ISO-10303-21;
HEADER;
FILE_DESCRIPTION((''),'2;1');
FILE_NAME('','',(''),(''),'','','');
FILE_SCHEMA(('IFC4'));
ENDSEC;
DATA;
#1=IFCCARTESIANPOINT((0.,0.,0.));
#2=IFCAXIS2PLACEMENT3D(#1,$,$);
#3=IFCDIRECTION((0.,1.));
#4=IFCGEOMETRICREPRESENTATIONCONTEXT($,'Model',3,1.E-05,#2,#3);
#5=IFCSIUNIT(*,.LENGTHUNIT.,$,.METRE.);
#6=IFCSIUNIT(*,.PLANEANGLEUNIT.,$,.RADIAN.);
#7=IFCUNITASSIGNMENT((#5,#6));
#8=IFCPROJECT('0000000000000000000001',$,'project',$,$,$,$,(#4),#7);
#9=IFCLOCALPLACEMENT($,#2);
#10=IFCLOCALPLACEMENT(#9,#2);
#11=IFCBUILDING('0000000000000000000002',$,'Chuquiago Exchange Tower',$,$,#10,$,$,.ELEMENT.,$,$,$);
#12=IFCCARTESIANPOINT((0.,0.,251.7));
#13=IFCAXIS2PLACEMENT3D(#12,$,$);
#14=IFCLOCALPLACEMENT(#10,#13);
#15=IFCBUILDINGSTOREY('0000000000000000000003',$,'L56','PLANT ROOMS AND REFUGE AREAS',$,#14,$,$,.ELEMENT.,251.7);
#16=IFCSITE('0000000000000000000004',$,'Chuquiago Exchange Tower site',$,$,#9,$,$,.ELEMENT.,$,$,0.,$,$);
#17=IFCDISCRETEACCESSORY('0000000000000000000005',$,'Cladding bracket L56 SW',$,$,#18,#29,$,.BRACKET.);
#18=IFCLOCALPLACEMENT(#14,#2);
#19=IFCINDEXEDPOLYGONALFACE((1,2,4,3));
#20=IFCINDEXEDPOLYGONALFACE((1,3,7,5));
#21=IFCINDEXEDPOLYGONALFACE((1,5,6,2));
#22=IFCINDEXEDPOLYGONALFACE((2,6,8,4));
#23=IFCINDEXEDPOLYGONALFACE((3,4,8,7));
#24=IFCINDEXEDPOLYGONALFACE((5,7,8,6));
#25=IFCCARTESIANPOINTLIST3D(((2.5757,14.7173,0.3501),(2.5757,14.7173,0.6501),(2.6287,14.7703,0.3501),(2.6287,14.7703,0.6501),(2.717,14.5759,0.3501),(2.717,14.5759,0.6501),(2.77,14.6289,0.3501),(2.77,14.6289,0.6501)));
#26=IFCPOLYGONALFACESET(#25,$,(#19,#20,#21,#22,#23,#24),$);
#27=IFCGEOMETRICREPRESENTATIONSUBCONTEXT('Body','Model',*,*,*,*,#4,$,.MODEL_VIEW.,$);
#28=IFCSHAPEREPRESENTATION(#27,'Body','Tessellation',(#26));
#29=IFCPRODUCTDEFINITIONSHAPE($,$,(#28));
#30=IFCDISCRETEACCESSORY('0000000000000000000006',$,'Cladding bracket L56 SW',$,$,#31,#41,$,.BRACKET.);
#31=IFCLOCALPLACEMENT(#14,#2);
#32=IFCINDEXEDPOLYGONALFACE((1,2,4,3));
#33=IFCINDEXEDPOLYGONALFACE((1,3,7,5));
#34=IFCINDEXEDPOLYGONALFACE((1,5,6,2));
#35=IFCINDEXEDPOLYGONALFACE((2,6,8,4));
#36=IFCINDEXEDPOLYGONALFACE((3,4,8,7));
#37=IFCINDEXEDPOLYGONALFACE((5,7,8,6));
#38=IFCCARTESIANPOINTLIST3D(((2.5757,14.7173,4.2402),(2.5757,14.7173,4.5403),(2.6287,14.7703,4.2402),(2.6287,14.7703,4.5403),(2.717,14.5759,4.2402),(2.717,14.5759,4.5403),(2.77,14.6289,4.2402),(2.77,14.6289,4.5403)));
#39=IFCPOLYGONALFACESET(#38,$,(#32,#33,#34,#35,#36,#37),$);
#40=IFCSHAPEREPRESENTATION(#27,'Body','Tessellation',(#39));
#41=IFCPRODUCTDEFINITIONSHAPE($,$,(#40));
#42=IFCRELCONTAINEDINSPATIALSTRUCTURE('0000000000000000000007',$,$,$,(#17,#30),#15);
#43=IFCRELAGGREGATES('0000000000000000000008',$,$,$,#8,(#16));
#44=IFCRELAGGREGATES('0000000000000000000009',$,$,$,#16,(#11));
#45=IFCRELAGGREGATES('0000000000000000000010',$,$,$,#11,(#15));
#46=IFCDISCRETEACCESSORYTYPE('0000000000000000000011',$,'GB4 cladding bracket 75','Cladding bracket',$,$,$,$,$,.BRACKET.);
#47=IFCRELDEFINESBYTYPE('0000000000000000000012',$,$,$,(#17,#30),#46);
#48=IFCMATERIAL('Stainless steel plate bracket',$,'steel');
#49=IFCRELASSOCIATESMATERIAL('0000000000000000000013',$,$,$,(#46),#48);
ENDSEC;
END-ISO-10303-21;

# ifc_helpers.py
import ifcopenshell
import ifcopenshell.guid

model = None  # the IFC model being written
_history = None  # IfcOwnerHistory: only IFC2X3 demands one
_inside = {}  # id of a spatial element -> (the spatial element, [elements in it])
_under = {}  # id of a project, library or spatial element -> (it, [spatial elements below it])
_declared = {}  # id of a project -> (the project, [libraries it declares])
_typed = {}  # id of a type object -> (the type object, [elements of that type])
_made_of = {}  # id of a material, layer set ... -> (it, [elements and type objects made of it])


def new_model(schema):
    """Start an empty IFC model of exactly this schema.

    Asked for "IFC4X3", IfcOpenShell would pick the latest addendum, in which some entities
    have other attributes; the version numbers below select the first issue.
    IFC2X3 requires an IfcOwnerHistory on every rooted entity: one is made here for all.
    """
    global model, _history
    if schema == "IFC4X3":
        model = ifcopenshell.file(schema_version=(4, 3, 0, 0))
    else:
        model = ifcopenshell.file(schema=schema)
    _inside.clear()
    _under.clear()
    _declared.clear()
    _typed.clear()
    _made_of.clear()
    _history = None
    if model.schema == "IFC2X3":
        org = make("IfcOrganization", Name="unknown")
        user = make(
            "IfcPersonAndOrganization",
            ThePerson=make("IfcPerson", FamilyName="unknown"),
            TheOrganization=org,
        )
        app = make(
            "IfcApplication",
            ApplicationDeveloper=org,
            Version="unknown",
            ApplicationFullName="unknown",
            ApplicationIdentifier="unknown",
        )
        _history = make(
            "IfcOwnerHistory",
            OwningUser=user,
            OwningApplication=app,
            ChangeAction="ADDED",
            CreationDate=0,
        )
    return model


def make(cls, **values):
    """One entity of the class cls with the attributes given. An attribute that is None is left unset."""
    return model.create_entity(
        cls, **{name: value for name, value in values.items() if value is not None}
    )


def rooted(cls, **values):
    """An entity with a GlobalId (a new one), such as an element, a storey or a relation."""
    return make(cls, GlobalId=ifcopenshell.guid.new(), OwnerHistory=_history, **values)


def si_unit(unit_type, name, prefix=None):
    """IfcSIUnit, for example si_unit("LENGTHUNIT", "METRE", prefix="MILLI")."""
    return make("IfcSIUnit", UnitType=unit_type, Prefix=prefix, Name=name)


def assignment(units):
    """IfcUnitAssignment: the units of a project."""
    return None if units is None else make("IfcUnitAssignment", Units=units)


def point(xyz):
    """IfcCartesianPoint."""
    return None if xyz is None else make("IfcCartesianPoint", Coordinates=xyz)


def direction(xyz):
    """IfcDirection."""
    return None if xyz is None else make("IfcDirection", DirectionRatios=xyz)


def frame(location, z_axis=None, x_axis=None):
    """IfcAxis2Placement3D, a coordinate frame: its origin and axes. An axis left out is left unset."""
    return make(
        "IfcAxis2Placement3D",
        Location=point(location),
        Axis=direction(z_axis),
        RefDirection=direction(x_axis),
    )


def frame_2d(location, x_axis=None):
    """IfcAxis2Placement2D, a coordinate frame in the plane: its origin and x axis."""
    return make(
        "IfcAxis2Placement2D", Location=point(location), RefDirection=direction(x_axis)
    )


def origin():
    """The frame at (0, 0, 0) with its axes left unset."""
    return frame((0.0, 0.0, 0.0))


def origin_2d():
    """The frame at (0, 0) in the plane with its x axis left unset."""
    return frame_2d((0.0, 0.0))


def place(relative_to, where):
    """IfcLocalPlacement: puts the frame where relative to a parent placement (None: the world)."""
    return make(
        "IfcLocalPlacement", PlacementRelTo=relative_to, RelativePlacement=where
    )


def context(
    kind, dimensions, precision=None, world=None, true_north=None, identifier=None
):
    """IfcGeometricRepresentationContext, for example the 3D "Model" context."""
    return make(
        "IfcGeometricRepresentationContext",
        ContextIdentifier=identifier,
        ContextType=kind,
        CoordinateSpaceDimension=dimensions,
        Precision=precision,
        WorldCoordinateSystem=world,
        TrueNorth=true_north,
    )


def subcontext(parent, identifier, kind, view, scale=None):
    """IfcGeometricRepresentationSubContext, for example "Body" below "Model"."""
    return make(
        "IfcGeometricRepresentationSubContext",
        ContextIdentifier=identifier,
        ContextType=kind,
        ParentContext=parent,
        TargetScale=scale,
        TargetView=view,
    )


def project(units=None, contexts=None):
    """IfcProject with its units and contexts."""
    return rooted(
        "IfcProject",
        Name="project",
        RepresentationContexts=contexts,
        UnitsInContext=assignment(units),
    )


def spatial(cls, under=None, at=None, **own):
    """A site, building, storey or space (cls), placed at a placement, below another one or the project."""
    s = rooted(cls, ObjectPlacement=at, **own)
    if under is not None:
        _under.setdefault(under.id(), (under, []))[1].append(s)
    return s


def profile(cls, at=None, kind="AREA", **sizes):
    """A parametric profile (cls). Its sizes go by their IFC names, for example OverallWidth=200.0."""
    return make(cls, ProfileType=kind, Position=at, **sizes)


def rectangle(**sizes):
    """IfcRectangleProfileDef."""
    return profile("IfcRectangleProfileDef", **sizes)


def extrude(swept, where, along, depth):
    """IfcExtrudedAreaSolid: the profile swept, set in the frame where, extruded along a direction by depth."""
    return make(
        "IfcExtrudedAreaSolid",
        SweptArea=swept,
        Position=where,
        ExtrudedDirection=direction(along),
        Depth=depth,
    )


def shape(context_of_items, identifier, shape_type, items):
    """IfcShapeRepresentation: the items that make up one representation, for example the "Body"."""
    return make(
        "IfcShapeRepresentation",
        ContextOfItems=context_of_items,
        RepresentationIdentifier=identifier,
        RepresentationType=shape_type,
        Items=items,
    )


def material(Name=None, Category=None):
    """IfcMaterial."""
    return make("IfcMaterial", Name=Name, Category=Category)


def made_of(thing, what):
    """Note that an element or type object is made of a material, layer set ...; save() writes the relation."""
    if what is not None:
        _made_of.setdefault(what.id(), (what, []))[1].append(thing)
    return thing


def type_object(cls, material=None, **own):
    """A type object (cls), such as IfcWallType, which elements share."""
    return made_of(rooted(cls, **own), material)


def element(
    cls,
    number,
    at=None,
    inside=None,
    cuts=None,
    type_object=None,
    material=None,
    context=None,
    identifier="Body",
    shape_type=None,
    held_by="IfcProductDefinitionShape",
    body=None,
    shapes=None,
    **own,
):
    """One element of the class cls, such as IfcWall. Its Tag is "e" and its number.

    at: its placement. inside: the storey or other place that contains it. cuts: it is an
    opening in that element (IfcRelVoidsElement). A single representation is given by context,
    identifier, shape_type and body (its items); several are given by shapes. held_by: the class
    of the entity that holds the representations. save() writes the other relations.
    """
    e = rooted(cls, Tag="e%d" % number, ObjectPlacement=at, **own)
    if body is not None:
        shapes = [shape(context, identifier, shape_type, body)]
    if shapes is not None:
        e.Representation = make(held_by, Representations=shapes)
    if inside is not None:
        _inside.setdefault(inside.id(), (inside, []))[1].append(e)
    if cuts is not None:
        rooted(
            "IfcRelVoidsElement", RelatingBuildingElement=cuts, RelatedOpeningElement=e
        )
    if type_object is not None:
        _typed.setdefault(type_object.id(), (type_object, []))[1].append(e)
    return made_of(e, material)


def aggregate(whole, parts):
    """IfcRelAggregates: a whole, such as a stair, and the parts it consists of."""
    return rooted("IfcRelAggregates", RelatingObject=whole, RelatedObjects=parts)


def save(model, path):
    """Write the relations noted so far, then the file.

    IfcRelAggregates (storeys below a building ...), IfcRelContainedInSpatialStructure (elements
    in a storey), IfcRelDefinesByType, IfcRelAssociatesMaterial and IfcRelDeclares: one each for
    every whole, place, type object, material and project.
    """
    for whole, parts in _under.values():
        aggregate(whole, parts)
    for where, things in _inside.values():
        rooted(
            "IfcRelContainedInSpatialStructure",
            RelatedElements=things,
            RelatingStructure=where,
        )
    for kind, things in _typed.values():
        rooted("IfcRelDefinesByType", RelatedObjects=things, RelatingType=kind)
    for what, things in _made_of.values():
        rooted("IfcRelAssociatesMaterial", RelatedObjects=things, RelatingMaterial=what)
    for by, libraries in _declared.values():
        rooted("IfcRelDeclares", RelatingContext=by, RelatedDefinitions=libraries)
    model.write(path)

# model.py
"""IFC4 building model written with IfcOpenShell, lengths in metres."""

from ifc_helpers import new_model, si_unit, direction, frame, origin, origin_2d, place, context, subcontext, project, spatial, rectangle, extrude, material, type_object, element, save


model = new_model("IFC4")

# Units and contexts
model_context = context("Model", 3, precision=1e-05, world=origin(), true_north=direction((0.0, 1.0)))
body_context = subcontext(model_context, "Body", "Model", "MODEL_VIEW")
ifc_project = project(units=[si_unit("LENGTHUNIT", "METRE"), si_unit("PLANEANGLEUNIT", "RADIAN")], contexts=[model_context])

# Site, building, storey
site_placement = place(None, origin())
site = spatial("IfcSite", under=ifc_project, at=site_placement, Name="Chuquiago Exchange Tower site", CompositionType="ELEMENT", RefElevation=0.0)
building_placement = place(site_placement, origin())
building = spatial("IfcBuilding", under=site, at=building_placement, Name="Chuquiago Exchange Tower", CompositionType="ELEMENT")
storey_placement = place(building_placement, frame((0.0, 0.0, 251.7)))
storey = spatial("IfcBuildingStorey", under=building, at=storey_placement, Name="L56", Description="PLANT ROOMS AND REFUGE AREAS", CompositionType="ELEMENT", Elevation=251.7)

# Discrete accessories
ifc_material_1 = material(Name="Stainless steel plate bracket", Category="steel")
discrete_accessory_type = type_object("IfcDiscreteAccessoryType", Name="GB4 cladding bracket 75", Description="Cladding bracket", PredefinedType="BRACKET", material=ifc_material_1)
for number, where, z_axis, x_axis, name in (
    (1, (2.6729, 14.6731, 0.3501), (0.0, 0.0, 1.0), (0.707107, -0.707107, 0.0), "Cladding bracket L56 SW"),
    (2, (2.6729, 14.6731, 4.2402), (0.0, 0.0, 1.0), (0.707107, -0.707107, 0.0), "Cladding bracket L56 SW"),
):
    element("IfcDiscreteAccessory", number, at=place(storey_placement, frame(where, z_axis=z_axis, x_axis=x_axis)), inside=storey, type_object=discrete_accessory_type, Name=name, PredefinedType="BRACKET", context=body_context, shape_type="SweptSolid", body=[
        extrude(rectangle(XDim=0.2, YDim=0.075, at=origin_2d()), origin(), (0.0, 0.0, 1.0), 0.3),
    ])

save(model, "model.ifc")
